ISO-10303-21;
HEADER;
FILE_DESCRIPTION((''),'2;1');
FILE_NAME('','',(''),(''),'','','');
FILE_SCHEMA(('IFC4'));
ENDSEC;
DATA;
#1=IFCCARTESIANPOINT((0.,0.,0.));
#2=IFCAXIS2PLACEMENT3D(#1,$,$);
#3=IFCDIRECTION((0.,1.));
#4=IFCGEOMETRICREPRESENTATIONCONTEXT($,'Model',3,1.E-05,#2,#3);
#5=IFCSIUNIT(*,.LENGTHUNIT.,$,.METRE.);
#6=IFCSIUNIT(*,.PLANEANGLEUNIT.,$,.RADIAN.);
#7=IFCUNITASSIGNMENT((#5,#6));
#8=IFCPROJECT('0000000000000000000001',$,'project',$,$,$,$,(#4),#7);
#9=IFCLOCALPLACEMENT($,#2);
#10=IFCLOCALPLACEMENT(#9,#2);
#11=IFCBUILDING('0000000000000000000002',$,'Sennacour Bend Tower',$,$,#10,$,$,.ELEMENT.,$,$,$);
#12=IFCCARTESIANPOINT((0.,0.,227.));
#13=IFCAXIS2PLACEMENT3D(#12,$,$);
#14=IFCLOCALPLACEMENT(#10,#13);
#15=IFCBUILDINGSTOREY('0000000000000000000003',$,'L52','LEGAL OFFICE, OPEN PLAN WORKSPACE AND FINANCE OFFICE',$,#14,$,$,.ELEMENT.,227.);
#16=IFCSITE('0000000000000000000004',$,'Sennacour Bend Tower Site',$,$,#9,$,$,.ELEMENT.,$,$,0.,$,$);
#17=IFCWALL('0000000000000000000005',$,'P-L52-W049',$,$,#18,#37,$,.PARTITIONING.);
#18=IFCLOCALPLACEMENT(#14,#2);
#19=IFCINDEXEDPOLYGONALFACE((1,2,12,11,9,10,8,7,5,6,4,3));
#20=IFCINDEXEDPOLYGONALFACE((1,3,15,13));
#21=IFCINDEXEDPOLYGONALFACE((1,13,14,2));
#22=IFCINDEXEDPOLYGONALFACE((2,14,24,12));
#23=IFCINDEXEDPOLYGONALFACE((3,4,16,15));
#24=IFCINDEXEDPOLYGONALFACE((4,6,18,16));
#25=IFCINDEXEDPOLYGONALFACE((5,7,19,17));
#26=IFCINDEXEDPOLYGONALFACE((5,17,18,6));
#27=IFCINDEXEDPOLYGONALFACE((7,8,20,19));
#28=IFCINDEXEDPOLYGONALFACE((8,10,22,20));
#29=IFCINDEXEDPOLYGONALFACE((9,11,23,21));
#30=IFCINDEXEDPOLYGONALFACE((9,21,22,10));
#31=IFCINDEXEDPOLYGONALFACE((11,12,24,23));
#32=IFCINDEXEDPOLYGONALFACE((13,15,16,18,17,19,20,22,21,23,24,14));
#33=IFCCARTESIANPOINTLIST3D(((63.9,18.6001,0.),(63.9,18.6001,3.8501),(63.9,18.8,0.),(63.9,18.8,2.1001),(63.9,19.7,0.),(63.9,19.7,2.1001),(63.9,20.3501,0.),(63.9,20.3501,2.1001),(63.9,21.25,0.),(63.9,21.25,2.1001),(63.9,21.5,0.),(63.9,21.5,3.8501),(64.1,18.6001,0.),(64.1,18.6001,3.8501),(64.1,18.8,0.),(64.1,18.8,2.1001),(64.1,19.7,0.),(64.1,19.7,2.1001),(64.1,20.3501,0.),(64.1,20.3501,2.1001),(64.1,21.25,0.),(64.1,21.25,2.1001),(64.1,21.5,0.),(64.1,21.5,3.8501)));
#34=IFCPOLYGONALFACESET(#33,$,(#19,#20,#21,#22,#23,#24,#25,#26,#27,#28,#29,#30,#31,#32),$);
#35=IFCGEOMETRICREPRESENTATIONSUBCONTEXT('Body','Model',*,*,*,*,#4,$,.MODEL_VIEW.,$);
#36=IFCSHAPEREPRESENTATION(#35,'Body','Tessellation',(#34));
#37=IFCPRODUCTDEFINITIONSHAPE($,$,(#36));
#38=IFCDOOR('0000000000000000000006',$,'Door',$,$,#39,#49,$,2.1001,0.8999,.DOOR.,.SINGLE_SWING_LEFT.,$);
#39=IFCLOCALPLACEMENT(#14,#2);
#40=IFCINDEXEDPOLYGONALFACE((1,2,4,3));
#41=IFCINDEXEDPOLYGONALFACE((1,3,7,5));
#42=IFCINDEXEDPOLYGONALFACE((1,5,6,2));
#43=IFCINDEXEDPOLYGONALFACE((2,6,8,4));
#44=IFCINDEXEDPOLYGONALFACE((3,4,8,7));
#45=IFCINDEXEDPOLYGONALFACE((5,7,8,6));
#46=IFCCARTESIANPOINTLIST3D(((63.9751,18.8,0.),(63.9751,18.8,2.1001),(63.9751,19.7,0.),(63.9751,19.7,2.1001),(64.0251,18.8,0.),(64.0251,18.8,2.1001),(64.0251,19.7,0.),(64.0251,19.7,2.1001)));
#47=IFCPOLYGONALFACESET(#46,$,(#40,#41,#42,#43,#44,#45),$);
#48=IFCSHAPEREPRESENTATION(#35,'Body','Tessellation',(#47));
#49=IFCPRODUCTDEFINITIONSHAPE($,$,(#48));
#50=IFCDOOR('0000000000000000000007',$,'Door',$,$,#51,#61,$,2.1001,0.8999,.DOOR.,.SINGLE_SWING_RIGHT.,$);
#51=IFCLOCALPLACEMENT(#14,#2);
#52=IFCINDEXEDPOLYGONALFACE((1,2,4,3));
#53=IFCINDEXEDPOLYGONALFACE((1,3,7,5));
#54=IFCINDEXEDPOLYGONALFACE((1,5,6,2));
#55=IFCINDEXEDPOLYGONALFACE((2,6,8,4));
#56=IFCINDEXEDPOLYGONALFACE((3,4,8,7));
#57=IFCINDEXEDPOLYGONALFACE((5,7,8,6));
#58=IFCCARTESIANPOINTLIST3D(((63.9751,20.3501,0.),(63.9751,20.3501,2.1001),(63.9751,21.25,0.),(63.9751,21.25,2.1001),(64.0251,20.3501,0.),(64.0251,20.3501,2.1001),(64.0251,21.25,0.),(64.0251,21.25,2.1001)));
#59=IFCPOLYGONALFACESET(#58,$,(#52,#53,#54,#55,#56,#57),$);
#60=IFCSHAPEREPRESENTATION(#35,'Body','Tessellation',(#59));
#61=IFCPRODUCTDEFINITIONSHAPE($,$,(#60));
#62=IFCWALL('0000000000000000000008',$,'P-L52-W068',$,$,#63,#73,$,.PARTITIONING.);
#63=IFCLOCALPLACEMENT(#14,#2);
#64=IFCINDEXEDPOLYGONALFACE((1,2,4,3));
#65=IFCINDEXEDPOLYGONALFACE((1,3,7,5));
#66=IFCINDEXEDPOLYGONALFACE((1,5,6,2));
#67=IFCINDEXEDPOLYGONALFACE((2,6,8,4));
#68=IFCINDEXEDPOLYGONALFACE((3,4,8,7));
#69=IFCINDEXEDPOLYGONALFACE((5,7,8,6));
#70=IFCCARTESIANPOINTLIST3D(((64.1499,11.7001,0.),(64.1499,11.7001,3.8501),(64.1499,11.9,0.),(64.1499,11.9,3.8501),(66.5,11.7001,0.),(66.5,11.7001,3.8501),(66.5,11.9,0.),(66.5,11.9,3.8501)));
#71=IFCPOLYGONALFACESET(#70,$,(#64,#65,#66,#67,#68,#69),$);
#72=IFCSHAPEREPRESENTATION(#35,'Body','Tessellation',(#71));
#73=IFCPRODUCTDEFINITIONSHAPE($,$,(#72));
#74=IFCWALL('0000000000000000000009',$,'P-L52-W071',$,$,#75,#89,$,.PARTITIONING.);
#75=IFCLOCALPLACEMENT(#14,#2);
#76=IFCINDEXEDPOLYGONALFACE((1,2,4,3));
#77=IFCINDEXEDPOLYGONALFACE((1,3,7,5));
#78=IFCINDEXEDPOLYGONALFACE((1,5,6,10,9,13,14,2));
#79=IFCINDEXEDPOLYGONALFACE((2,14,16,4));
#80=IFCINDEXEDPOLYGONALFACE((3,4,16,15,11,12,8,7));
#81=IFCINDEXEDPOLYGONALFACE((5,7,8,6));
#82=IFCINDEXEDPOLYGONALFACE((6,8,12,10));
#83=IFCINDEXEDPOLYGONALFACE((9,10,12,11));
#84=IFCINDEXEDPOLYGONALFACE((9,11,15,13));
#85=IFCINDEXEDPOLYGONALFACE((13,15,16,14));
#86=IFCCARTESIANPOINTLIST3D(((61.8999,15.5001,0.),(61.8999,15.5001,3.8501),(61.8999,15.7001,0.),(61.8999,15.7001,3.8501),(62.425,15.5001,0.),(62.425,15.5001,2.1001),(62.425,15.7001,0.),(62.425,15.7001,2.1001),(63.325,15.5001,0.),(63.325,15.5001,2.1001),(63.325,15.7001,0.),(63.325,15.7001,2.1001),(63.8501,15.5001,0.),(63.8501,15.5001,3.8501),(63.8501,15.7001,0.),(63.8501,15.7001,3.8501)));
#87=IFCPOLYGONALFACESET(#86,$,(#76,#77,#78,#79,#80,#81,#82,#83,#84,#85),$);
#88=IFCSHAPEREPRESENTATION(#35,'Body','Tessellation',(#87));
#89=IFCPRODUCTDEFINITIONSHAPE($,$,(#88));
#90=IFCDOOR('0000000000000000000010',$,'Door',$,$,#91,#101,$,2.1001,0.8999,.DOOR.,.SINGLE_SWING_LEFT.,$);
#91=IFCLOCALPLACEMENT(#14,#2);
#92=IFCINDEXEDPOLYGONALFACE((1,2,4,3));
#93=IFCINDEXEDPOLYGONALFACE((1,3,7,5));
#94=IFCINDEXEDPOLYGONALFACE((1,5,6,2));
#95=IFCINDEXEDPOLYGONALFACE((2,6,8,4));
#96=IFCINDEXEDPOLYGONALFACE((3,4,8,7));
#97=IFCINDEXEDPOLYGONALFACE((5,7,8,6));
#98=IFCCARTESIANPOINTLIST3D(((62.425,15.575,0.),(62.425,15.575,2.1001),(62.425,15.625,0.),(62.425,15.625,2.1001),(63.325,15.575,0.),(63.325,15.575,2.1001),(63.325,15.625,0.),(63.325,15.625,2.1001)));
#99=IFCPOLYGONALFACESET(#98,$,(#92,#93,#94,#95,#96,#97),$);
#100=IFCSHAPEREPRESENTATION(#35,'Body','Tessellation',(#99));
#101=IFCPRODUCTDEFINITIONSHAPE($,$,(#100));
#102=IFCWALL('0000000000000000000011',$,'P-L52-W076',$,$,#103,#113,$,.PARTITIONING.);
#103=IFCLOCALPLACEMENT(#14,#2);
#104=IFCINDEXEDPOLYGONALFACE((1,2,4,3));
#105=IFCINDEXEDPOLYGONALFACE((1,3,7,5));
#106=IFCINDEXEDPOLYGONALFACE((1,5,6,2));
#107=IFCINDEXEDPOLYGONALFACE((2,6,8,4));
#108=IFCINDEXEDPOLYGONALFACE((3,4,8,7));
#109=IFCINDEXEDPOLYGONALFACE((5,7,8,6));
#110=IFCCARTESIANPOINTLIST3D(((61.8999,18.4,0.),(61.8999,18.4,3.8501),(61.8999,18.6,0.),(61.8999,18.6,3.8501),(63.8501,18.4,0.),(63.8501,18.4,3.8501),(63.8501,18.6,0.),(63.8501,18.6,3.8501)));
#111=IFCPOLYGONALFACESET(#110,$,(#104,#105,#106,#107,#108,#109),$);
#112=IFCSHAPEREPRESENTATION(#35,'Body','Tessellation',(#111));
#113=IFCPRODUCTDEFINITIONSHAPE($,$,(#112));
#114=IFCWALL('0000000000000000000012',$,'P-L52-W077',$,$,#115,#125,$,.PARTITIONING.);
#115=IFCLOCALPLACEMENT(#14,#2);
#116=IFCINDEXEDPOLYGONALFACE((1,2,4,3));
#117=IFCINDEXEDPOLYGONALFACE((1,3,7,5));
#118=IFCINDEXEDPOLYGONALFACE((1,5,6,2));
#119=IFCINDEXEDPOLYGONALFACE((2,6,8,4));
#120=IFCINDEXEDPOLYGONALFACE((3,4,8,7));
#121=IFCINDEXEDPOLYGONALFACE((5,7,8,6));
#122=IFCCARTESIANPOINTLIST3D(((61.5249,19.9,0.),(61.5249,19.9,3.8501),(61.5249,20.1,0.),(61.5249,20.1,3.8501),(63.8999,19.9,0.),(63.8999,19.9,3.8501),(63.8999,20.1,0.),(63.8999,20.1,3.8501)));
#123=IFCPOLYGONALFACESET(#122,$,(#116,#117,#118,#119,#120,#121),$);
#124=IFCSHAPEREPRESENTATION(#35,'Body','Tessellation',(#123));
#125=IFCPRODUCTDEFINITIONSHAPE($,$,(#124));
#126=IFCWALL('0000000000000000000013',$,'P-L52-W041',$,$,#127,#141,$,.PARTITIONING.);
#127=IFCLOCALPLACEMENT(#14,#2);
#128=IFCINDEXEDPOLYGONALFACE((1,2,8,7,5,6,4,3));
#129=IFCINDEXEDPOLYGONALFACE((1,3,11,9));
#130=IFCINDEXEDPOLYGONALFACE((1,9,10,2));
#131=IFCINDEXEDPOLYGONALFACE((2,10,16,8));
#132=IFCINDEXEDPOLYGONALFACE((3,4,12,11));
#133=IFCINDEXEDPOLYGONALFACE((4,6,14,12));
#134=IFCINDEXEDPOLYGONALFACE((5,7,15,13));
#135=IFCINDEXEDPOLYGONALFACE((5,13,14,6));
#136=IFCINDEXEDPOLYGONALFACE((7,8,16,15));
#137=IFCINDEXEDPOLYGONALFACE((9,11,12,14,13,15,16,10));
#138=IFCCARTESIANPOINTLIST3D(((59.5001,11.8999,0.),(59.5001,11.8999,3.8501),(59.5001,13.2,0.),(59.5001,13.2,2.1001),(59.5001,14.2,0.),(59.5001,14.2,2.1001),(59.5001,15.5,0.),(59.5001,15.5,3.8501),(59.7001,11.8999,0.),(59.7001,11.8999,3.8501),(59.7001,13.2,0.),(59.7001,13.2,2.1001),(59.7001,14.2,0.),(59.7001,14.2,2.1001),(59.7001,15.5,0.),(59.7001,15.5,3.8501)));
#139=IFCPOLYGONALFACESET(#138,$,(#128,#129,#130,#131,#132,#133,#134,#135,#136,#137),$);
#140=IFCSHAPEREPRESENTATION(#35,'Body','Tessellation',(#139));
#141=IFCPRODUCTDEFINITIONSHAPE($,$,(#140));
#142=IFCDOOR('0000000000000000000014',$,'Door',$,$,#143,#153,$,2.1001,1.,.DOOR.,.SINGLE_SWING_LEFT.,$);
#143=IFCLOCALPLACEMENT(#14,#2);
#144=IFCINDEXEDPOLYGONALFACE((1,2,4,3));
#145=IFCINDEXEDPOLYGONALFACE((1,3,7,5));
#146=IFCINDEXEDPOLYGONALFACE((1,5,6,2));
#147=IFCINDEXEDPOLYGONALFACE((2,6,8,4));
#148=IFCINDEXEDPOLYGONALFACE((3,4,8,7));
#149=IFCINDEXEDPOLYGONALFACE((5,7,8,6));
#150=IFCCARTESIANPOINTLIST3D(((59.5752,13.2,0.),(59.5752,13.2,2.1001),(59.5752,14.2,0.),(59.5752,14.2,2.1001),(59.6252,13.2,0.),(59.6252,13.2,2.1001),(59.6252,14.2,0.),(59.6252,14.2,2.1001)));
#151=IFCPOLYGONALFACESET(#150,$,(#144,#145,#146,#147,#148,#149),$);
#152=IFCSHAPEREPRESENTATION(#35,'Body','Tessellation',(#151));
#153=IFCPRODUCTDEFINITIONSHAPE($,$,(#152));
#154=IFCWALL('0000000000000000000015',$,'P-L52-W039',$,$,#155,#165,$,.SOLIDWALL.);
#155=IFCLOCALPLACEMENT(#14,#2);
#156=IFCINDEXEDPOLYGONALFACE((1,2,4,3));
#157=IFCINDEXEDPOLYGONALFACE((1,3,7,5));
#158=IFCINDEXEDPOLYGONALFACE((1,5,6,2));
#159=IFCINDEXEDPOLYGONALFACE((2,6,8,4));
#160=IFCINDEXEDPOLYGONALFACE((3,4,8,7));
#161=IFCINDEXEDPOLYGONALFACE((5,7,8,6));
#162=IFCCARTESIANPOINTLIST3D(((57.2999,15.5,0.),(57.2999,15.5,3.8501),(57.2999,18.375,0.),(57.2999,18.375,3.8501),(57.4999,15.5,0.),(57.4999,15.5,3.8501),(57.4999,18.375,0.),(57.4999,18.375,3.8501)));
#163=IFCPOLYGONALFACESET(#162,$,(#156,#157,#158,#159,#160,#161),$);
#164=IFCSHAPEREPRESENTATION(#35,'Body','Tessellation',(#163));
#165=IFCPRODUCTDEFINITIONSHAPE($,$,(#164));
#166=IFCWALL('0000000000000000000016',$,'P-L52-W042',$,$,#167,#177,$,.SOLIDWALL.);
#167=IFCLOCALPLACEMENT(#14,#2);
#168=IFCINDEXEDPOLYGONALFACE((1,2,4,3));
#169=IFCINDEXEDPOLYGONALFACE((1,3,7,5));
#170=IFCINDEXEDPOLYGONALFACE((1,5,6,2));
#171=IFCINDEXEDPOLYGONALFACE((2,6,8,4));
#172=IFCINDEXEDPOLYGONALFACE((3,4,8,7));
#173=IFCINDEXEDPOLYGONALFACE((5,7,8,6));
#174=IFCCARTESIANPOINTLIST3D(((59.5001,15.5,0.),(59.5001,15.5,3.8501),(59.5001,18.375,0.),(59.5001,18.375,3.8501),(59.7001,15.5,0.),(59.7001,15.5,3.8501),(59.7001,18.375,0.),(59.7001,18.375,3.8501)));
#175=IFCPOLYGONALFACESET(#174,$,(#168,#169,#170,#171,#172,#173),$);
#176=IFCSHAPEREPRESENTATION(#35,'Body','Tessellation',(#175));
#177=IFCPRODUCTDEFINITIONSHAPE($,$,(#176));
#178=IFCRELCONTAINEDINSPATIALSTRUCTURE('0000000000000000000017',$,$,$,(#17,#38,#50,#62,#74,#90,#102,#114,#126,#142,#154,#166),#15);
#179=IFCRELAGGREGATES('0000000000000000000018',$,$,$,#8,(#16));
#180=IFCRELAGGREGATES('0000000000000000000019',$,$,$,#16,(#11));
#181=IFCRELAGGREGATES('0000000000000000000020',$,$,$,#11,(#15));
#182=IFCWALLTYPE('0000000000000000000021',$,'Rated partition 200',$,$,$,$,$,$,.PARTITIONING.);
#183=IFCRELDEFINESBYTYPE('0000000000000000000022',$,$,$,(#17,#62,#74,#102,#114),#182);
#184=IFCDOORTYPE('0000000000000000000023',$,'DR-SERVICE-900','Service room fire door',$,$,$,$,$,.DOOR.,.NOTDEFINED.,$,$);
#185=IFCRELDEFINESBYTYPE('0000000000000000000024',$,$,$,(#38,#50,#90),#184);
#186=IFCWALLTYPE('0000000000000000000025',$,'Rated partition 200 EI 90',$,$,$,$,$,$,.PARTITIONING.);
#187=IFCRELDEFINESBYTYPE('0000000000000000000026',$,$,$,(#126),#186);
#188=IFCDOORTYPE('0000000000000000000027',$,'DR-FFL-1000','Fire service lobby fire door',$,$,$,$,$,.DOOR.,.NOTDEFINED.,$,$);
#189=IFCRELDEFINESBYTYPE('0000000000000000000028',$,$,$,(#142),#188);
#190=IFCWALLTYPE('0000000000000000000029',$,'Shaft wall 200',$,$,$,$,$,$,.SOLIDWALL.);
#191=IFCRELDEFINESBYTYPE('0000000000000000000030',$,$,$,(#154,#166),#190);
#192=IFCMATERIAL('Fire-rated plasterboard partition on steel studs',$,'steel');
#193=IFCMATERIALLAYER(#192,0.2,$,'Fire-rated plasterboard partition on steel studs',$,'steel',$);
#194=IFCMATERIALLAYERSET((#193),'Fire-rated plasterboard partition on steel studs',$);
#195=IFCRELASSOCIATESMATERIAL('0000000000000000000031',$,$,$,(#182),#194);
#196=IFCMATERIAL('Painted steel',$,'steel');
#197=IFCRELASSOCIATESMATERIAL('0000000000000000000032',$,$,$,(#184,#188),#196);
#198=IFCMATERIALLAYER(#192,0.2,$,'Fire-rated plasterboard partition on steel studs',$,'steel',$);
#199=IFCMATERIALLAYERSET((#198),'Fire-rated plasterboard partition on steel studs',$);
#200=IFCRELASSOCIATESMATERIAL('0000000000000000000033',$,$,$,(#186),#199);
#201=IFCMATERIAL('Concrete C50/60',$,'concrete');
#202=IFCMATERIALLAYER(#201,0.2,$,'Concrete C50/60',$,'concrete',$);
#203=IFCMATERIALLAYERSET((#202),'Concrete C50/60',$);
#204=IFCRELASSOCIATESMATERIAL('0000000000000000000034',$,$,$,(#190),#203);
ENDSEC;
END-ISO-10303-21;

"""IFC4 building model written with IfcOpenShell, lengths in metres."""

from ifc_helpers import new_model, si_unit, direction, frame, frame_2d, origin, place, context, subcontext, project, spatial, rectangle, extrude, material, layer, layer_set, type_object, element, fill, save


model = new_model("IFC4")

# Units and contexts
model_context = context("Model", 3, precision=1e-05, world=origin(), true_north=direction((0.0, 1.0)))
body_context = subcontext(model_context, "Body", "Model", "MODEL_VIEW")
ifc_project = project(units=[si_unit("LENGTHUNIT", "METRE"), si_unit("PLANEANGLEUNIT", "RADIAN")], contexts=[model_context])

# Site, building, storey
site_placement = place(None, origin())
site = spatial("IfcSite", under=ifc_project, at=site_placement, Name="Sennacour Bend Tower Site", CompositionType="ELEMENT", RefElevation=0.0)
building_placement = place(site_placement, origin())
building = spatial("IfcBuilding", under=site, at=building_placement, Name="Sennacour Bend Tower", CompositionType="ELEMENT")
storey_placement = place(building_placement, frame((0.0, 0.0, 227.0)))
storey = spatial("IfcBuildingStorey", under=building, at=storey_placement, Name="L52", Description="LEGAL OFFICE, OPEN PLAN WORKSPACE AND FINANCE OFFICE", CompositionType="ELEMENT", Elevation=227.0)

# Wall, openings, doors
ifc_material_1 = material(Name="Fire-rated plasterboard partition on steel studs", Category="steel")
ifc_layer_1 = layer(ifc_material_1, 0.2, Name="Fire-rated plasterboard partition on steel studs", Category="steel")
ifc_layer_set_1 = layer_set([ifc_layer_1], Name="Fire-rated plasterboard partition on steel studs")
wall_type_1 = type_object("IfcWallType", Name="Rated partition 200", PredefinedType="PARTITIONING", material=ifc_layer_set_1)
wall_1_placement = place(storey_placement, frame((64.0, 18.6001, 0.0), z_axis=(0.0, 0.0, 1.0), x_axis=(0.0, 1.0, 0.0)))
wall_1 = element("IfcWall", 1, at=wall_1_placement, inside=storey, type_object=wall_type_1, Name="P-L52-W049", PredefinedType="PARTITIONING", context=body_context, shape_type="SweptSolid", body=[
    extrude(rectangle(XDim=2.8999, YDim=0.2, at=frame_2d((1.45, 0.0))), origin(), (0.0, 0.0, 1.0), 3.8501),
])
opening_1_placement = place(wall_1_placement, frame((0.2, 0.0, 0.0)))
opening_1 = element("IfcOpeningElement", 2, at=opening_1_placement, cuts=wall_1, PredefinedType="OPENING", context=body_context, shape_type="SweptSolid", body=[
    extrude(rectangle(XDim=0.8999, YDim=2.1001, at=frame_2d((0.45, 1.05))), frame((0.0, 0.1099, 0.0), z_axis=(0.0, -1.0, 0.0), x_axis=(1.0, 0.0, 0.0)), (0.0, 0.0, 1.0), 0.22),
])
opening_2_placement = place(wall_1_placement, frame((1.75, 0.0, 0.0)))
opening_2 = element("IfcOpeningElement", 3, at=opening_2_placement, cuts=wall_1, PredefinedType="OPENING", context=body_context, shape_type="SweptSolid", body=[
    extrude(rectangle(XDim=0.8999, YDim=2.1001, at=frame_2d((0.45, 1.05))), frame((0.0, 0.1099, 0.0), z_axis=(0.0, -1.0, 0.0), x_axis=(1.0, 0.0, 0.0)), (0.0, 0.0, 1.0), 0.22),
])
ifc_material_2 = material(Name="Painted steel", Category="steel")
door_type_1 = type_object("IfcDoorType", Name="DR-SERVICE-900", Description="Service room fire door", OperationType="NOTDEFINED", PredefinedType="DOOR", material=ifc_material_2)
door_1_placement = place(opening_1_placement, origin())
door_1 = element("IfcDoor", 4, at=door_1_placement, inside=storey, type_object=door_type_1, Name="Door", OperationType="SINGLE_SWING_LEFT", OverallHeight=2.1001, OverallWidth=0.8999, PredefinedType="DOOR", context=body_context, shape_type="SweptSolid", body=[
    extrude(rectangle(XDim=0.8999, YDim=2.1001, at=frame_2d((0.45, 1.05))), frame((0.0, 0.0249, 0.0), z_axis=(0.0, -1.0, 0.0), x_axis=(1.0, 0.0, 0.0)), (0.0, 0.0, 1.0), 0.05),
])
fill(opening_1, door_1)
door_2_placement = place(opening_2_placement, origin())
door_2 = element("IfcDoor", 5, at=door_2_placement, inside=storey, type_object=door_type_1, Name="Door", OperationType="SINGLE_SWING_RIGHT", OverallHeight=2.1001, OverallWidth=0.8999, PredefinedType="DOOR", context=body_context, shape_type="SweptSolid", body=[
    extrude(rectangle(XDim=0.8999, YDim=2.1001, at=frame_2d((0.45, 1.05))), frame((0.0, 0.0249, 0.0), z_axis=(0.0, -1.0, 0.0), x_axis=(1.0, 0.0, 0.0)), (0.0, 0.0, 1.0), 0.05),
])
fill(opening_2, door_2)

# Wall
wall_2_placement = place(storey_placement, frame((64.1499, 11.8, 0.0), z_axis=(0.0, 0.0, 1.0), x_axis=(1.0, 0.0, 0.0)))
element("IfcWall", 6, at=wall_2_placement, inside=storey, type_object=wall_type_1, Name="P-L52-W068", PredefinedType="PARTITIONING", context=body_context, shape_type="SweptSolid", body=[
    extrude(rectangle(XDim=2.3501, YDim=0.2, at=frame_2d((1.175, 0.0))), origin(), (0.0, 0.0, 1.0), 3.8501),
])

# Wall, opening, door
wall_3_placement = place(storey_placement, frame((61.8999, 15.6001, 0.0), z_axis=(0.0, 0.0, 1.0), x_axis=(1.0, 0.0, 0.0)))
wall_3 = element("IfcWall", 7, at=wall_3_placement, inside=storey, type_object=wall_type_1, Name="P-L52-W071", PredefinedType="PARTITIONING", context=body_context, shape_type="SweptSolid", body=[
    extrude(rectangle(XDim=1.9502, YDim=0.2, at=frame_2d((0.9751, 0.0))), origin(), (0.0, 0.0, 1.0), 3.8501),
])
opening_3_placement = place(wall_3_placement, frame((0.5251, 0.0, 0.0)))
opening_3 = element("IfcOpeningElement", 8, at=opening_3_placement, cuts=wall_3, PredefinedType="OPENING", context=body_context, shape_type="SweptSolid", body=[
    extrude(rectangle(XDim=0.8999, YDim=2.1001, at=frame_2d((0.45, 1.05))), frame((0.0, 0.1099, 0.0), z_axis=(0.0, -1.0, 0.0), x_axis=(1.0, 0.0, 0.0)), (0.0, 0.0, 1.0), 0.22),
])
door_3_placement = place(opening_3_placement, origin())
door_3 = element("IfcDoor", 9, at=door_3_placement, inside=storey, type_object=door_type_1, Name="Door", OperationType="SINGLE_SWING_LEFT", OverallHeight=2.1001, OverallWidth=0.8999, PredefinedType="DOOR", context=body_context, shape_type="SweptSolid", body=[
    extrude(rectangle(XDim=0.8999, YDim=2.1001, at=frame_2d((0.45, 1.05))), frame((0.0, 0.0249, 0.0), z_axis=(0.0, -1.0, 0.0), x_axis=(1.0, 0.0, 0.0)), (0.0, 0.0, 1.0), 0.05),
])
fill(opening_3, door_3)

# Walls
wall_4_placement = place(storey_placement, frame((61.8999, 18.5, 0.0), z_axis=(0.0, 0.0, 1.0), x_axis=(1.0, 0.0, 0.0)))
element("IfcWall", 10, at=wall_4_placement, inside=storey, type_object=wall_type_1, Name="P-L52-W076", PredefinedType="PARTITIONING", context=body_context, shape_type="SweptSolid", body=[
    extrude(rectangle(XDim=1.9502, YDim=0.2, at=frame_2d((0.9751, 0.0))), origin(), (0.0, 0.0, 1.0), 3.8501),
])
wall_5_placement = place(storey_placement, frame((61.5249, 20.0, 0.0), z_axis=(0.0, 0.0, 1.0), x_axis=(1.0, 0.0, 0.0)))
element("IfcWall", 11, at=wall_5_placement, inside=storey, type_object=wall_type_1, Name="P-L52-W077", PredefinedType="PARTITIONING", context=body_context, shape_type="SweptSolid", body=[
    extrude(rectangle(XDim=2.375, YDim=0.2, at=frame_2d((1.1875, 0.0))), origin(), (0.0, 0.0, 1.0), 3.8501),
])

# Wall, opening, door
ifc_layer_2 = layer(ifc_material_1, 0.2, Name="Fire-rated plasterboard partition on steel studs", Category="steel")
ifc_layer_set_2 = layer_set([ifc_layer_2], Name="Fire-rated plasterboard partition on steel studs")
wall_type_2 = type_object("IfcWallType", Name="Rated partition 200 EI 90", PredefinedType="PARTITIONING", material=ifc_layer_set_2)
wall_6_placement = place(storey_placement, frame((59.6001, 11.8999, 0.0), z_axis=(0.0, 0.0, 1.0), x_axis=(0.0, 1.0, 0.0)))
wall_6 = element("IfcWall", 12, at=wall_6_placement, inside=storey, type_object=wall_type_2, Name="P-L52-W041", PredefinedType="PARTITIONING", context=body_context, shape_type="SweptSolid", body=[
    extrude(rectangle(XDim=3.6001, YDim=0.2, at=frame_2d((1.8, 0.0))), origin(), (0.0, 0.0, 1.0), 3.8501),
])
opening_4_placement = place(wall_6_placement, frame((1.3, 0.0, 0.0)))
opening_4 = element("IfcOpeningElement", 13, at=opening_4_placement, cuts=wall_6, PredefinedType="OPENING", context=body_context, shape_type="SweptSolid", body=[
    extrude(rectangle(XDim=1.0, YDim=2.1001, at=frame_2d((0.5, 1.05))), frame((0.0, 0.1099, 0.0), z_axis=(0.0, -1.0, 0.0), x_axis=(1.0, 0.0, 0.0)), (0.0, 0.0, 1.0), 0.22),
])
door_type_2 = type_object("IfcDoorType", Name="DR-FFL-1000", Description="Fire service lobby fire door", OperationType="NOTDEFINED", PredefinedType="DOOR", material=ifc_material_2)
door_4_placement = place(opening_4_placement, origin())
door_4 = element("IfcDoor", 14, at=door_4_placement, inside=storey, type_object=door_type_2, Name="Door", OperationType="SINGLE_SWING_LEFT", OverallHeight=2.1001, OverallWidth=1.0, PredefinedType="DOOR", context=body_context, shape_type="SweptSolid", body=[
    extrude(rectangle(XDim=1.0, YDim=2.1001, at=frame_2d((0.5, 1.05))), frame((0.0, 0.0249, 0.0), z_axis=(0.0, -1.0, 0.0), x_axis=(1.0, 0.0, 0.0)), (0.0, 0.0, 1.0), 0.05),
])
fill(opening_4, door_4)

# Walls
ifc_material_3 = material(Name="Concrete C50/60", Category="concrete")
ifc_layer_3 = layer(ifc_material_3, 0.2, Name="Concrete C50/60", Category="concrete")
ifc_layer_set_3 = layer_set([ifc_layer_3], Name="Concrete C50/60")
wall_type_3 = type_object("IfcWallType", Name="Shaft wall 200", PredefinedType="SOLIDWALL", material=ifc_layer_set_3)
for number, where, z_axis, x_axis, name in (
    (15, (57.3999, 15.5, 0.0), (0.0, 0.0, 1.0), (0.0, 1.0, 0.0), "P-L52-W039"),
    (16, (59.6001, 15.5, 0.0), (0.0, 0.0, 1.0), (0.0, 1.0, 0.0), "P-L52-W042"),
):
    element("IfcWall", number, at=place(storey_placement, frame(where, z_axis=z_axis, x_axis=x_axis)), inside=storey, type_object=wall_type_3, Name=name, PredefinedType="SOLIDWALL", context=body_context, shape_type="SweptSolid", body=[
        extrude(rectangle(XDim=2.875, YDim=0.2, at=frame_2d((1.4375, 0.0))), origin(), (0.0, 0.0, 1.0), 3.8501),
    ])

save(model, "model.ifc")
